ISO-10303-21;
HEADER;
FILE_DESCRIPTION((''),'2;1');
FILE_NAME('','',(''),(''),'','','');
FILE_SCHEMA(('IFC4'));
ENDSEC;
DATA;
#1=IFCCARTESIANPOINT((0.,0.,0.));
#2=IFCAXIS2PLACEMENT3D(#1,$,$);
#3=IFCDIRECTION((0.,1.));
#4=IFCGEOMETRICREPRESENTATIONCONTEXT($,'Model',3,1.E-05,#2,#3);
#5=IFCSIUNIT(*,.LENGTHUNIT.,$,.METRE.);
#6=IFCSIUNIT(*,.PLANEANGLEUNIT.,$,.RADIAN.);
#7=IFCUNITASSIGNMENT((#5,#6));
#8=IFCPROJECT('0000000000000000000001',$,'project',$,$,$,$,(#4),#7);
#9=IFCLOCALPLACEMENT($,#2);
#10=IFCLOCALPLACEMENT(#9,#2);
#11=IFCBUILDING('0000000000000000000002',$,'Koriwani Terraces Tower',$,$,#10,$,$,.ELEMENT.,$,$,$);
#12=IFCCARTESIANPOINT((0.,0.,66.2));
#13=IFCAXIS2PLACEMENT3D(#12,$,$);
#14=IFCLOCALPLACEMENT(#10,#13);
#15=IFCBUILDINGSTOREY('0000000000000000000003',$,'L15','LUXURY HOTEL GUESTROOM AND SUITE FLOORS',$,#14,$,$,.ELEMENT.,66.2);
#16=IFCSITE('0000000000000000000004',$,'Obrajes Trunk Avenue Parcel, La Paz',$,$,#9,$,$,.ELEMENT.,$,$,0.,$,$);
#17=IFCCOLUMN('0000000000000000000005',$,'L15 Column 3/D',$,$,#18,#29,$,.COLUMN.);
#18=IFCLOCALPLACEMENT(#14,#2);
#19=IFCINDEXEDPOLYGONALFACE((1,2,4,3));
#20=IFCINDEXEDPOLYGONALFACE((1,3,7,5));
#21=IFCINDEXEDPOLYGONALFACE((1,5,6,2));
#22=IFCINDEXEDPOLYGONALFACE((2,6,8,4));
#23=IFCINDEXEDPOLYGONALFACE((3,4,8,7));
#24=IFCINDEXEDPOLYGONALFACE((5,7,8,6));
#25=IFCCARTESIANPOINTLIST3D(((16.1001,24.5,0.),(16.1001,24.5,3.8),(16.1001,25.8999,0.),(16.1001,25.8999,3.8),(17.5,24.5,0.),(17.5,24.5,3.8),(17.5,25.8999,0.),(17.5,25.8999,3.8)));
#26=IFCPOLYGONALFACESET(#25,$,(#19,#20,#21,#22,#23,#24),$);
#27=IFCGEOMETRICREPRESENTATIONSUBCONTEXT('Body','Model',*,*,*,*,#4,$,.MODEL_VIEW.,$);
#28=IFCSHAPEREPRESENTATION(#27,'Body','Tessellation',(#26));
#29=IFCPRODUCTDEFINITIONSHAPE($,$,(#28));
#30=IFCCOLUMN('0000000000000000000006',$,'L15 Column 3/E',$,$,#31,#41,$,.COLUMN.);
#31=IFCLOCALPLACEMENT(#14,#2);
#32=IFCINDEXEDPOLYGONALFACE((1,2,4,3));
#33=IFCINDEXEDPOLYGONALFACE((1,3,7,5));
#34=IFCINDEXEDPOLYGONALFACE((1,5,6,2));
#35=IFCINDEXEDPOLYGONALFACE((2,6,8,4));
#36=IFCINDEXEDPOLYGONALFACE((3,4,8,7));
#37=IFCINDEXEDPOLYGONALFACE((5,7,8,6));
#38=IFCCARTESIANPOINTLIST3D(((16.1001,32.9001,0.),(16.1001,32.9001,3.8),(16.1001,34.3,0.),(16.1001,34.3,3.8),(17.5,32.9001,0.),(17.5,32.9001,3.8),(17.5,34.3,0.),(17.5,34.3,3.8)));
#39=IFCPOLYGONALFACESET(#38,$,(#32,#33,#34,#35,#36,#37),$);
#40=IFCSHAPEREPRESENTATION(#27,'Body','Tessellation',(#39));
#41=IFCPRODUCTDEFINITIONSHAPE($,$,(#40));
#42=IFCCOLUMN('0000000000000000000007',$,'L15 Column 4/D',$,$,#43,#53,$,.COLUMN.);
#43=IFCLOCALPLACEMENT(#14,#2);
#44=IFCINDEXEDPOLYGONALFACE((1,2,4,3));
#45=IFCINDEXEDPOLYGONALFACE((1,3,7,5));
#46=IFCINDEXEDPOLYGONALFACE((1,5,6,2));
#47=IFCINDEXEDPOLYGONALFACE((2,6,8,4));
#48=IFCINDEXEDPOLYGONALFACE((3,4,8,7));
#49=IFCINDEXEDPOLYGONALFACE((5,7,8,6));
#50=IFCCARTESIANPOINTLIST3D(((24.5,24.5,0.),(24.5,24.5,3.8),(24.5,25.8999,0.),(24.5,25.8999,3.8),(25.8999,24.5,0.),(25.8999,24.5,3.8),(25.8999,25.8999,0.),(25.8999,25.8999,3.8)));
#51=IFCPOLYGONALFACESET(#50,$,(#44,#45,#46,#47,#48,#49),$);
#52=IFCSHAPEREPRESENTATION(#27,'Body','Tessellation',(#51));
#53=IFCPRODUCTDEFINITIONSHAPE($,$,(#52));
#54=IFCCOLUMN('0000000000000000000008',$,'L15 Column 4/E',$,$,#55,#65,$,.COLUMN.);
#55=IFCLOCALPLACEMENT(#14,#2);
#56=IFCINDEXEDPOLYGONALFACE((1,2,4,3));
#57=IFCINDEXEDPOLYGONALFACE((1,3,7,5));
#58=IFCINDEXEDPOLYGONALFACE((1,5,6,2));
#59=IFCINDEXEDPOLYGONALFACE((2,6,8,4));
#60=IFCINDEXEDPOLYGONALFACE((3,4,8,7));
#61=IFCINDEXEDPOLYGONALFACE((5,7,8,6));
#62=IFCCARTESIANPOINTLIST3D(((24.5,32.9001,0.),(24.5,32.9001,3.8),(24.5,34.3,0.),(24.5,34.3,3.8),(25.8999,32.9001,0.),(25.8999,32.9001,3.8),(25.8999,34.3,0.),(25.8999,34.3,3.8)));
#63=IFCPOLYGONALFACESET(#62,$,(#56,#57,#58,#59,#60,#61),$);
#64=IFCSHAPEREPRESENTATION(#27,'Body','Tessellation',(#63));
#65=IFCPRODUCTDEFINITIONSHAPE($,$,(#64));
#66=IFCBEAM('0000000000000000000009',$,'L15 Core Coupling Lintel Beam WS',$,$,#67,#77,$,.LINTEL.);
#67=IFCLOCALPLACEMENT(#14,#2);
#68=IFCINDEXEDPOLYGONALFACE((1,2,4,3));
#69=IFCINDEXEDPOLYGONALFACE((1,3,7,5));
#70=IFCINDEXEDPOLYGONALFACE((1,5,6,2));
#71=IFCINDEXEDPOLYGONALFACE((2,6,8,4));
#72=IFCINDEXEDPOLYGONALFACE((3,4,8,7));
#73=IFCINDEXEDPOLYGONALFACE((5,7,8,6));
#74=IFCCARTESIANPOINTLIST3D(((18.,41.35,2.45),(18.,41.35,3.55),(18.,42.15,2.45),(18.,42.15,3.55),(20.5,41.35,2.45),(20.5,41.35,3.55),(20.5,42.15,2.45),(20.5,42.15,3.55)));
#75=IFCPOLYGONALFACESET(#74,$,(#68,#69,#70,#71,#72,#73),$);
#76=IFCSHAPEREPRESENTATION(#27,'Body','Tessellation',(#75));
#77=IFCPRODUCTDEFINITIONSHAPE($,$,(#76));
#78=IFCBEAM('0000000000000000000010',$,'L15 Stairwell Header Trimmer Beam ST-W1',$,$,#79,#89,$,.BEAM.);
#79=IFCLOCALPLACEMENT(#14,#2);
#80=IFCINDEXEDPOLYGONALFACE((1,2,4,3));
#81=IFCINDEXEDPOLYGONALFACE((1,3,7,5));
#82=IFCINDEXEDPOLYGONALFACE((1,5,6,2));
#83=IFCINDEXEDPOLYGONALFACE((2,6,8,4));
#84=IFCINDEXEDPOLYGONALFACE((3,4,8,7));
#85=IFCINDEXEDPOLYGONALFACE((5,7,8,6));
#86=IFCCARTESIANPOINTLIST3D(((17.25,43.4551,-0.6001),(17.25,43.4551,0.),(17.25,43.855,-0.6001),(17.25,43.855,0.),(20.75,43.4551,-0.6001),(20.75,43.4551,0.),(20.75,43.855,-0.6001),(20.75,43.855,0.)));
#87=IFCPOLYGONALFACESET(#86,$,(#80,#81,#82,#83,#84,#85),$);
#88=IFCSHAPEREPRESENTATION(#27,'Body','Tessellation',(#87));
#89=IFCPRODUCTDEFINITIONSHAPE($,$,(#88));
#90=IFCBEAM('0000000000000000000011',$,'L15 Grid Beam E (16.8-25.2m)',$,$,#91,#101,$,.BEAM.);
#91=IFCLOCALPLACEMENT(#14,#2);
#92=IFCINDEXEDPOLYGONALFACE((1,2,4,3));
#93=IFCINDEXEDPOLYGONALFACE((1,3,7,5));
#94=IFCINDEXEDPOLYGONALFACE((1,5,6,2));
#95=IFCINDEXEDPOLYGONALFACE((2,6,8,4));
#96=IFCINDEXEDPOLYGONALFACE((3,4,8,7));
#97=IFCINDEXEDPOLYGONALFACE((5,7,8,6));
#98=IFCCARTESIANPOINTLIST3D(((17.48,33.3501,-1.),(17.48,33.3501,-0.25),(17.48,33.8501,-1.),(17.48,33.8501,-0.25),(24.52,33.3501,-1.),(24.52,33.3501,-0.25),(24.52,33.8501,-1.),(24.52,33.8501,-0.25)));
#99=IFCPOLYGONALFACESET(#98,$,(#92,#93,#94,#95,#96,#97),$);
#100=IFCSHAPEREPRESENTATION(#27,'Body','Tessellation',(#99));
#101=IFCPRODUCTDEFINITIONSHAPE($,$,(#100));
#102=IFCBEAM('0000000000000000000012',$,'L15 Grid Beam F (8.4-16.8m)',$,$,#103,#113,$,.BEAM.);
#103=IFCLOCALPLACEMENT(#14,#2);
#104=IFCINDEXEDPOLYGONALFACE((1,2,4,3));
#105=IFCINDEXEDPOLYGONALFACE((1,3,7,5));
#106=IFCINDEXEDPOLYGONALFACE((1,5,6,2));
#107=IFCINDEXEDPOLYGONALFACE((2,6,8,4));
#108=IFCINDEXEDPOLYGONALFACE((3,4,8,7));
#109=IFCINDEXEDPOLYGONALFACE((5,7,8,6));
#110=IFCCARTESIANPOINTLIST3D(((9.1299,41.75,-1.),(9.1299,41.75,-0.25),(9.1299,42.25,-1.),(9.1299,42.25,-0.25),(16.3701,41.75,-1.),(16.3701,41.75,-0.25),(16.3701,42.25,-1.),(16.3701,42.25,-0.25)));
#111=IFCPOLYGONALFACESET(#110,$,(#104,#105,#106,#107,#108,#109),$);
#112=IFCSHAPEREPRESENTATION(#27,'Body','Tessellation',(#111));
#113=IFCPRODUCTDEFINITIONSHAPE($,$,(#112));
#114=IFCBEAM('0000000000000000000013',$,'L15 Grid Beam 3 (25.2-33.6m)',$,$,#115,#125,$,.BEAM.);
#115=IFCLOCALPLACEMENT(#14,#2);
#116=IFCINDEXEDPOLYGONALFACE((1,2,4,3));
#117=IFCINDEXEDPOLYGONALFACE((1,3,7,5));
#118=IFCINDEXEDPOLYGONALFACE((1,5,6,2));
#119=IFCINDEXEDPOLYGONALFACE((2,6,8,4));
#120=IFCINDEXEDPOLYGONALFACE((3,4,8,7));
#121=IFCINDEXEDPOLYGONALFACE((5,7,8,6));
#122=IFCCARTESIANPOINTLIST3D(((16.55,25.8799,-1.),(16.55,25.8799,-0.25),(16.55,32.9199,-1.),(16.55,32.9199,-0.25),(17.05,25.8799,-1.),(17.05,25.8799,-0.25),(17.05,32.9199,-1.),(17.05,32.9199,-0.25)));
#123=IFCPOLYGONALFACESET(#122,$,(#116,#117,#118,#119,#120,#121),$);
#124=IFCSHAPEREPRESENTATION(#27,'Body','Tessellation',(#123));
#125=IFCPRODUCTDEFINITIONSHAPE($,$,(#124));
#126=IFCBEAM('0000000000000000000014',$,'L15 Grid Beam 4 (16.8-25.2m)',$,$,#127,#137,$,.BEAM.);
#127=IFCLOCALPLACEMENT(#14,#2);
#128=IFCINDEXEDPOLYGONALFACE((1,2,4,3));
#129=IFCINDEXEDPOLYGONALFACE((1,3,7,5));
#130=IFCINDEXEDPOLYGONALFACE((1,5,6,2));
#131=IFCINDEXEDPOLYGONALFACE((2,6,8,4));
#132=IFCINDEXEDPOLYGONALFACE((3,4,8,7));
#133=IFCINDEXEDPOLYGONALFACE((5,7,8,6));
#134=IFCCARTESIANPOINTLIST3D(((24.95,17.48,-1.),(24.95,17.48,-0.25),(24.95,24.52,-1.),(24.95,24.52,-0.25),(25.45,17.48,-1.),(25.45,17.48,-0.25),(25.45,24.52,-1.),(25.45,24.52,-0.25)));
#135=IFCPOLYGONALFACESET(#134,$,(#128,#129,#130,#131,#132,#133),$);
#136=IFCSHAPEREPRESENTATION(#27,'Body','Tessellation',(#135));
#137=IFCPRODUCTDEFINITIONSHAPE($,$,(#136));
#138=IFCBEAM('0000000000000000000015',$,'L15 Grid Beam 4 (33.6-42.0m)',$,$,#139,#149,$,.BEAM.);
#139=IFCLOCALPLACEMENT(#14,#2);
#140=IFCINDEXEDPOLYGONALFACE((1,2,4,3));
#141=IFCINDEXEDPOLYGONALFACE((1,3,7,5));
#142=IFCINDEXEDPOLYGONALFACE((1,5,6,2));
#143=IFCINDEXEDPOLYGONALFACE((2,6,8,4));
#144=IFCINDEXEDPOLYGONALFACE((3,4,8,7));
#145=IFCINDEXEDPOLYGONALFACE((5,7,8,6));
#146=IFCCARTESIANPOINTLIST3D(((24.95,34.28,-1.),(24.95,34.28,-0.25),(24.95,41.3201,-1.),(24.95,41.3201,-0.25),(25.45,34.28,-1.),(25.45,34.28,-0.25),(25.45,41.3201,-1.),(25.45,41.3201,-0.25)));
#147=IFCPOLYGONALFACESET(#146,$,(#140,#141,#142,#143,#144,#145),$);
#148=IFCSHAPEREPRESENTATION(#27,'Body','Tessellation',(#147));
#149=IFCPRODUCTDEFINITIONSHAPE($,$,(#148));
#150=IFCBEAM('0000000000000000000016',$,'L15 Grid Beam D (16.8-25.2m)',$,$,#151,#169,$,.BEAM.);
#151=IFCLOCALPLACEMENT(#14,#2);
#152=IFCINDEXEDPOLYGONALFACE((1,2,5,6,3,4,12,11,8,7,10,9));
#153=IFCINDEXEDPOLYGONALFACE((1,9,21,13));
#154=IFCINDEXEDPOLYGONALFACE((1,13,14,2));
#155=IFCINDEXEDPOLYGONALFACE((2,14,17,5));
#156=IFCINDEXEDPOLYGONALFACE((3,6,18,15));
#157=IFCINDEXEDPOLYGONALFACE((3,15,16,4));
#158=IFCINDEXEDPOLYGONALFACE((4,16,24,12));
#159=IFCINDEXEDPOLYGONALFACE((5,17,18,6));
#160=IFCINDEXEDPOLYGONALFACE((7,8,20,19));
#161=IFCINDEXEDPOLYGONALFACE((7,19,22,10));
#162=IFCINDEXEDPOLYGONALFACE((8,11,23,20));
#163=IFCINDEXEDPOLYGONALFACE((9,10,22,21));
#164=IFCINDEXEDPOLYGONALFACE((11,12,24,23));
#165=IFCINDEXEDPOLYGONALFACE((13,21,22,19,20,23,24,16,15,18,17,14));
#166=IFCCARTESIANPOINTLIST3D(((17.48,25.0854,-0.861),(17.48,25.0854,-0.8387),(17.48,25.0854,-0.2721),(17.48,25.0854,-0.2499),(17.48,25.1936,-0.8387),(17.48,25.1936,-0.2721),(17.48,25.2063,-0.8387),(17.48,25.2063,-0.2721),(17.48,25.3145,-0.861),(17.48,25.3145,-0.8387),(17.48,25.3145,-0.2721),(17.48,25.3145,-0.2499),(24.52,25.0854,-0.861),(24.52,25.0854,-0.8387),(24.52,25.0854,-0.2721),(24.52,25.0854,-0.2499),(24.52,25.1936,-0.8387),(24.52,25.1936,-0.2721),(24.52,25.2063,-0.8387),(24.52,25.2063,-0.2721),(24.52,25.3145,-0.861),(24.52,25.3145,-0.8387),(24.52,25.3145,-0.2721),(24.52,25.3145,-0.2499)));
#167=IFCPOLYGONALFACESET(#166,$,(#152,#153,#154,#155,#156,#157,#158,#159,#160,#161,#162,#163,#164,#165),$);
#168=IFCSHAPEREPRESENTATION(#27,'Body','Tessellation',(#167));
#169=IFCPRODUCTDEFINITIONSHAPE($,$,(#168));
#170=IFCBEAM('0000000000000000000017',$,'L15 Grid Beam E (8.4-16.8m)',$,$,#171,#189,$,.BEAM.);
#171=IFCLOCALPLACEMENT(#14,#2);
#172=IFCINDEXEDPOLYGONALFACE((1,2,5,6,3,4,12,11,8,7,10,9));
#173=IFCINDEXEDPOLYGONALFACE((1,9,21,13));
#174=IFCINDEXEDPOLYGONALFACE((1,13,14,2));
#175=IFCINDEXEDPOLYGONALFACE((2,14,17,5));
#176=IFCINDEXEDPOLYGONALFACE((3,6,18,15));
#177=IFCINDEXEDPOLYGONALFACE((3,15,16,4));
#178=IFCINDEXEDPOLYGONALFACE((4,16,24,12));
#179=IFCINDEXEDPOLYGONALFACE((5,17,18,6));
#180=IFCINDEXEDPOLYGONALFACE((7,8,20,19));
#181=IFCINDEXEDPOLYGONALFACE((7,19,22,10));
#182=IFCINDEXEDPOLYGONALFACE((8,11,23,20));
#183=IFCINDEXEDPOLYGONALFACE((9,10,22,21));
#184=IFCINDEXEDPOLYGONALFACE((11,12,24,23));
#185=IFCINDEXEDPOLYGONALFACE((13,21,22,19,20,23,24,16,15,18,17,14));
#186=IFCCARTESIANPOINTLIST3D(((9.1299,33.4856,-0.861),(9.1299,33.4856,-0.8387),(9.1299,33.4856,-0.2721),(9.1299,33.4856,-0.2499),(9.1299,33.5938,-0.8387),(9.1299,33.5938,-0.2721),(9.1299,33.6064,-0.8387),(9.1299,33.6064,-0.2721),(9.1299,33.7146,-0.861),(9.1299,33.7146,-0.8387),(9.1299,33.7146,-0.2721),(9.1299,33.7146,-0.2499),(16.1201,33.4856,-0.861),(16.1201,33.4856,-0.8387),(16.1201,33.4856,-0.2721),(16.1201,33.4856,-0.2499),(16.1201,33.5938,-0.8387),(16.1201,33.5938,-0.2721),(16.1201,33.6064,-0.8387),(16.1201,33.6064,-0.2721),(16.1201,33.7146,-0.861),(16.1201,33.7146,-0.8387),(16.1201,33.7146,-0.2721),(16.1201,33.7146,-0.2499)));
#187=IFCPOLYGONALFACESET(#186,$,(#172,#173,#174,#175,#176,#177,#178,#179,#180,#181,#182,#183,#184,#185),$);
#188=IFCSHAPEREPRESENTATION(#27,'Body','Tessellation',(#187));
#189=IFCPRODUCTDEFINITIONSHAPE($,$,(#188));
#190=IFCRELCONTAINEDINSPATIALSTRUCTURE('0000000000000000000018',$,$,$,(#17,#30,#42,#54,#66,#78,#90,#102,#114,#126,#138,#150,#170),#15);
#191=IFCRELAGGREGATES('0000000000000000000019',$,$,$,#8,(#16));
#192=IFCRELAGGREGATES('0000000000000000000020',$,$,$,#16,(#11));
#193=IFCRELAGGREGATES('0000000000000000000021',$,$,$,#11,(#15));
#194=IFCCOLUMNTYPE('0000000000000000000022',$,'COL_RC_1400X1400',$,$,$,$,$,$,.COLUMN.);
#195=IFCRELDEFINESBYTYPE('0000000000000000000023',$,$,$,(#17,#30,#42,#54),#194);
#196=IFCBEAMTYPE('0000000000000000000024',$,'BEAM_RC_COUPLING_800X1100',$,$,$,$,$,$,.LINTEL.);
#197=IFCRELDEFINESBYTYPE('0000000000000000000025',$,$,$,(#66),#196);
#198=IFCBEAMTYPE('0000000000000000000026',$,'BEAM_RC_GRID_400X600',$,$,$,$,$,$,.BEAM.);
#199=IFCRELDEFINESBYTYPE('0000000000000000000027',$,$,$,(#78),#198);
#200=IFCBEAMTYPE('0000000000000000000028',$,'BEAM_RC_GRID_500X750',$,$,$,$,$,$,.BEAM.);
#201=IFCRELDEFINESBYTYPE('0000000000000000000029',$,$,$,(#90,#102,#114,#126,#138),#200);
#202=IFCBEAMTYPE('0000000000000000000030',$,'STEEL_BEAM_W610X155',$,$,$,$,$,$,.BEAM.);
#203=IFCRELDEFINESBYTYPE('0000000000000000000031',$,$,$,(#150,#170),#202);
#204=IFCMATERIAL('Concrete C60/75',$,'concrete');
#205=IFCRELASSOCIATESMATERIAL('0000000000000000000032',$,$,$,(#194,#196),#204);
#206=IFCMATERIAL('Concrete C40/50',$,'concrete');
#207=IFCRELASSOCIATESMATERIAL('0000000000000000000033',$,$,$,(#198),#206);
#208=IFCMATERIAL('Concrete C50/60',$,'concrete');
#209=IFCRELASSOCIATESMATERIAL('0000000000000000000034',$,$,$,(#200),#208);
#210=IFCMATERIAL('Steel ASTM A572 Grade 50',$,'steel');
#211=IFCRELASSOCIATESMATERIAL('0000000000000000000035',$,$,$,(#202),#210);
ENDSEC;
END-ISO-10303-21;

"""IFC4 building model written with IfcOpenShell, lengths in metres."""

from ifc_helpers import new_model, si_unit, direction, frame, origin, origin_2d, place, context, subcontext, project, spatial, rectangle, i_section, extrude, material, material_profile, profile_set, type_object, element, save


model = new_model("IFC4")

# Units and contexts
model_context = context("Model", 3, precision=1e-05, world=origin(), true_north=direction((0.0, 1.0)))
body_context = subcontext(model_context, "Body", "Model", "MODEL_VIEW")
ifc_project = project(units=[si_unit("LENGTHUNIT", "METRE"), si_unit("PLANEANGLEUNIT", "RADIAN")], contexts=[model_context])

# Site, building, storey
site_placement = place(None, origin())
site = spatial("IfcSite", under=ifc_project, at=site_placement, Name="Obrajes Trunk Avenue Parcel, La Paz", CompositionType="ELEMENT", RefElevation=0.0)
building_placement = place(site_placement, origin())
building = spatial("IfcBuilding", under=site, at=building_placement, Name="Koriwani Terraces Tower", CompositionType="ELEMENT")
storey_placement = place(building_placement, frame((0.0, 0.0, 66.2)))
storey = spatial("IfcBuildingStorey", under=building, at=storey_placement, Name="L15", Description="LUXURY HOTEL GUESTROOM AND SUITE FLOORS", CompositionType="ELEMENT", Elevation=66.2)

# Columns
ifc_material_1 = material(Name="Concrete C60/75", Category="concrete")
ifc_material_profile_1 = material_profile(ifc_material_1, rectangle(XDim=1.3999, YDim=1.3999, at=origin_2d()), Name="Concrete C60/75", Category="LoadBearing")
ifc_profile_set_1 = profile_set([ifc_material_profile_1], Name="Concrete C60/75")
column_type = type_object("IfcColumnType", Name="COL_RC_1400X1400", PredefinedType="COLUMN", material=ifc_profile_set_1)
for number, where, z_axis, x_axis, name in (
    (1, (16.8, 25.2, 0.0), (0.0, 0.0, 1.0), (1.0, 0.0, 0.0), "L15 Column 3/D"),
    (2, (16.8, 33.6001, 0.0), (0.0, 0.0, 1.0), (1.0, 0.0, 0.0), "L15 Column 3/E"),
    (3, (25.2, 25.2, 0.0), (0.0, 0.0, 1.0), (1.0, 0.0, 0.0), "L15 Column 4/D"),
    (4, (25.2, 33.6001, 0.0), (0.0, 0.0, 1.0), (1.0, 0.0, 0.0), "L15 Column 4/E"),
):
    element("IfcColumn", number, at=place(storey_placement, frame(where, z_axis=z_axis, x_axis=x_axis)), inside=storey, type_object=column_type, Name=name, PredefinedType="COLUMN", context=body_context, shape_type="SweptSolid", body=[
        extrude(rectangle(XDim=1.3999, YDim=1.3999, at=origin_2d()), origin(), (0.0, 0.0, 1.0), 3.8),
    ])

# Beams
ifc_material_profile_2 = material_profile(ifc_material_1, rectangle(XDim=0.8, YDim=1.1001, at=origin_2d()), Name="Concrete C60/75", Category="LoadBearing")
ifc_profile_set_2 = profile_set([ifc_material_profile_2], Name="Concrete C60/75")
beam_type_1 = type_object("IfcBeamType", Name="BEAM_RC_COUPLING_800X1100", PredefinedType="LINTEL", material=ifc_profile_set_2)
beam_1_placement = place(storey_placement, frame((18.0, 41.75, 3.0), z_axis=(1.0, 0.0, 0.0), x_axis=(0.0, 1.0, 0.0)))
element("IfcBeam", 5, at=beam_1_placement, inside=storey, type_object=beam_type_1, Name="L15 Core Coupling Lintel Beam WS", PredefinedType="LINTEL", context=body_context, shape_type="SweptSolid", body=[
    extrude(rectangle(XDim=0.8, YDim=1.1001, at=origin_2d()), origin(), (0.0, 0.0, 1.0), 2.5),
])
ifc_material_2 = material(Name="Concrete C40/50", Category="concrete")
ifc_material_profile_3 = material_profile(ifc_material_2, rectangle(XDim=0.3999, YDim=0.6001, at=origin_2d()), Name="Concrete C40/50", Category="LoadBearing")
ifc_profile_set_3 = profile_set([ifc_material_profile_3], Name="Concrete C40/50")
beam_type_2 = type_object("IfcBeamType", Name="BEAM_RC_GRID_400X600", PredefinedType="BEAM", material=ifc_profile_set_3)
beam_2_placement = place(storey_placement, frame((17.25, 43.655, -0.3), z_axis=(1.0, 0.0, 0.0), x_axis=(0.0, 1.0, 0.0)))
element("IfcBeam", 6, at=beam_2_placement, inside=storey, type_object=beam_type_2, Name="L15 Stairwell Header Trimmer Beam ST-W1", PredefinedType="BEAM", context=body_context, shape_type="SweptSolid", body=[
    extrude(rectangle(XDim=0.3999, YDim=0.6001, at=origin_2d()), origin(), (0.0, 0.0, 1.0), 3.5),
])
ifc_material_3 = material(Name="Concrete C50/60", Category="concrete")
ifc_material_profile_4 = material_profile(ifc_material_3, rectangle(XDim=0.5, YDim=0.75, at=origin_2d()), Name="Concrete C50/60", Category="LoadBearing")
ifc_profile_set_4 = profile_set([ifc_material_profile_4], Name="Concrete C50/60")
beam_type_3 = type_object("IfcBeamType", Name="BEAM_RC_GRID_500X750", PredefinedType="BEAM", material=ifc_profile_set_4)
beam_3_placement = place(storey_placement, frame((17.48, 33.6001, -0.625), z_axis=(1.0, 0.0, 0.0), x_axis=(0.0, 1.0, 0.0)))
element("IfcBeam", 7, at=beam_3_placement, inside=storey, type_object=beam_type_3, Name="L15 Grid Beam E (16.8-25.2m)", PredefinedType="BEAM", context=body_context, shape_type="SweptSolid", body=[
    extrude(rectangle(XDim=0.5, YDim=0.75, at=origin_2d()), origin(), (0.0, 0.0, 1.0), 7.04),
])
beam_4_placement = place(storey_placement, frame((9.1299, 42.0, -0.625), z_axis=(1.0, 0.0, 0.0), x_axis=(0.0, 1.0, 0.0)))
element("IfcBeam", 8, at=beam_4_placement, inside=storey, type_object=beam_type_3, Name="L15 Grid Beam F (8.4-16.8m)", PredefinedType="BEAM", context=body_context, shape_type="SweptSolid", body=[
    extrude(rectangle(XDim=0.5, YDim=0.75, at=origin_2d()), origin(), (0.0, 0.0, 1.0), 7.2402),
])
for number, where, z_axis, x_axis, name in (
    (9, (16.8, 25.8799, -0.625), (0.0, 1.0, 0.0), (-1.0, 0.0, 0.0), "L15 Grid Beam 3 (25.2-33.6m)"),
    (10, (25.2, 17.48, -0.625), (0.0, 1.0, 0.0), (-1.0, 0.0, 0.0), "L15 Grid Beam 4 (16.8-25.2m)"),
    (11, (25.2, 34.28, -0.625), (0.0, 1.0, 0.0), (-1.0, 0.0, 0.0), "L15 Grid Beam 4 (33.6-42.0m)"),
):
    element("IfcBeam", number, at=place(storey_placement, frame(where, z_axis=z_axis, x_axis=x_axis)), inside=storey, type_object=beam_type_3, Name=name, PredefinedType="BEAM", context=body_context, shape_type="SweptSolid", body=[
        extrude(rectangle(XDim=0.5, YDim=0.75, at=origin_2d()), origin(), (0.0, 0.0, 1.0), 7.04),
    ])
ifc_material_4 = material(Name="Steel ASTM A572 Grade 50", Category="steel")
ifc_material_profile_5 = material_profile(ifc_material_4, i_section(OverallWidth=0.229, OverallDepth=0.6111, WebThickness=0.0127, FlangeThickness=0.0222, at=origin_2d()), Name="Steel ASTM A572 Grade 50", Category="LoadBearing")
ifc_profile_set_5 = profile_set([ifc_material_profile_5], Name="Steel ASTM A572 Grade 50")
beam_type_4 = type_object("IfcBeamType", Name="STEEL_BEAM_W610X155", PredefinedType="BEAM", material=ifc_profile_set_5)
beam_5_placement = place(storey_placement, frame((17.48, 25.2, -0.5554), z_axis=(1.0, 0.0, 0.0), x_axis=(0.0, 1.0, 0.0)))
element("IfcBeam", 12, at=beam_5_placement, inside=storey, type_object=beam_type_4, Name="L15 Grid Beam D (16.8-25.2m)", PredefinedType="BEAM", context=body_context, shape_type="SweptSolid", body=[
    extrude(i_section(OverallWidth=0.229, OverallDepth=0.6111, WebThickness=0.0127, FlangeThickness=0.0222, at=origin_2d()), origin(), (0.0, 0.0, 1.0), 7.04),
])
beam_6_placement = place(storey_placement, frame((9.1299, 33.6001, -0.5554), z_axis=(1.0, 0.0, 0.0), x_axis=(0.0, 1.0, 0.0)))
element("IfcBeam", 13, at=beam_6_placement, inside=storey, type_object=beam_type_4, Name="L15 Grid Beam E (8.4-16.8m)", PredefinedType="BEAM", context=body_context, shape_type="SweptSolid", body=[
    extrude(i_section(OverallWidth=0.229, OverallDepth=0.6111, WebThickness=0.0127, FlangeThickness=0.0222, at=origin_2d()), origin(), (0.0, 0.0, 1.0), 6.9902),
])

save(model, "model.ifc")
